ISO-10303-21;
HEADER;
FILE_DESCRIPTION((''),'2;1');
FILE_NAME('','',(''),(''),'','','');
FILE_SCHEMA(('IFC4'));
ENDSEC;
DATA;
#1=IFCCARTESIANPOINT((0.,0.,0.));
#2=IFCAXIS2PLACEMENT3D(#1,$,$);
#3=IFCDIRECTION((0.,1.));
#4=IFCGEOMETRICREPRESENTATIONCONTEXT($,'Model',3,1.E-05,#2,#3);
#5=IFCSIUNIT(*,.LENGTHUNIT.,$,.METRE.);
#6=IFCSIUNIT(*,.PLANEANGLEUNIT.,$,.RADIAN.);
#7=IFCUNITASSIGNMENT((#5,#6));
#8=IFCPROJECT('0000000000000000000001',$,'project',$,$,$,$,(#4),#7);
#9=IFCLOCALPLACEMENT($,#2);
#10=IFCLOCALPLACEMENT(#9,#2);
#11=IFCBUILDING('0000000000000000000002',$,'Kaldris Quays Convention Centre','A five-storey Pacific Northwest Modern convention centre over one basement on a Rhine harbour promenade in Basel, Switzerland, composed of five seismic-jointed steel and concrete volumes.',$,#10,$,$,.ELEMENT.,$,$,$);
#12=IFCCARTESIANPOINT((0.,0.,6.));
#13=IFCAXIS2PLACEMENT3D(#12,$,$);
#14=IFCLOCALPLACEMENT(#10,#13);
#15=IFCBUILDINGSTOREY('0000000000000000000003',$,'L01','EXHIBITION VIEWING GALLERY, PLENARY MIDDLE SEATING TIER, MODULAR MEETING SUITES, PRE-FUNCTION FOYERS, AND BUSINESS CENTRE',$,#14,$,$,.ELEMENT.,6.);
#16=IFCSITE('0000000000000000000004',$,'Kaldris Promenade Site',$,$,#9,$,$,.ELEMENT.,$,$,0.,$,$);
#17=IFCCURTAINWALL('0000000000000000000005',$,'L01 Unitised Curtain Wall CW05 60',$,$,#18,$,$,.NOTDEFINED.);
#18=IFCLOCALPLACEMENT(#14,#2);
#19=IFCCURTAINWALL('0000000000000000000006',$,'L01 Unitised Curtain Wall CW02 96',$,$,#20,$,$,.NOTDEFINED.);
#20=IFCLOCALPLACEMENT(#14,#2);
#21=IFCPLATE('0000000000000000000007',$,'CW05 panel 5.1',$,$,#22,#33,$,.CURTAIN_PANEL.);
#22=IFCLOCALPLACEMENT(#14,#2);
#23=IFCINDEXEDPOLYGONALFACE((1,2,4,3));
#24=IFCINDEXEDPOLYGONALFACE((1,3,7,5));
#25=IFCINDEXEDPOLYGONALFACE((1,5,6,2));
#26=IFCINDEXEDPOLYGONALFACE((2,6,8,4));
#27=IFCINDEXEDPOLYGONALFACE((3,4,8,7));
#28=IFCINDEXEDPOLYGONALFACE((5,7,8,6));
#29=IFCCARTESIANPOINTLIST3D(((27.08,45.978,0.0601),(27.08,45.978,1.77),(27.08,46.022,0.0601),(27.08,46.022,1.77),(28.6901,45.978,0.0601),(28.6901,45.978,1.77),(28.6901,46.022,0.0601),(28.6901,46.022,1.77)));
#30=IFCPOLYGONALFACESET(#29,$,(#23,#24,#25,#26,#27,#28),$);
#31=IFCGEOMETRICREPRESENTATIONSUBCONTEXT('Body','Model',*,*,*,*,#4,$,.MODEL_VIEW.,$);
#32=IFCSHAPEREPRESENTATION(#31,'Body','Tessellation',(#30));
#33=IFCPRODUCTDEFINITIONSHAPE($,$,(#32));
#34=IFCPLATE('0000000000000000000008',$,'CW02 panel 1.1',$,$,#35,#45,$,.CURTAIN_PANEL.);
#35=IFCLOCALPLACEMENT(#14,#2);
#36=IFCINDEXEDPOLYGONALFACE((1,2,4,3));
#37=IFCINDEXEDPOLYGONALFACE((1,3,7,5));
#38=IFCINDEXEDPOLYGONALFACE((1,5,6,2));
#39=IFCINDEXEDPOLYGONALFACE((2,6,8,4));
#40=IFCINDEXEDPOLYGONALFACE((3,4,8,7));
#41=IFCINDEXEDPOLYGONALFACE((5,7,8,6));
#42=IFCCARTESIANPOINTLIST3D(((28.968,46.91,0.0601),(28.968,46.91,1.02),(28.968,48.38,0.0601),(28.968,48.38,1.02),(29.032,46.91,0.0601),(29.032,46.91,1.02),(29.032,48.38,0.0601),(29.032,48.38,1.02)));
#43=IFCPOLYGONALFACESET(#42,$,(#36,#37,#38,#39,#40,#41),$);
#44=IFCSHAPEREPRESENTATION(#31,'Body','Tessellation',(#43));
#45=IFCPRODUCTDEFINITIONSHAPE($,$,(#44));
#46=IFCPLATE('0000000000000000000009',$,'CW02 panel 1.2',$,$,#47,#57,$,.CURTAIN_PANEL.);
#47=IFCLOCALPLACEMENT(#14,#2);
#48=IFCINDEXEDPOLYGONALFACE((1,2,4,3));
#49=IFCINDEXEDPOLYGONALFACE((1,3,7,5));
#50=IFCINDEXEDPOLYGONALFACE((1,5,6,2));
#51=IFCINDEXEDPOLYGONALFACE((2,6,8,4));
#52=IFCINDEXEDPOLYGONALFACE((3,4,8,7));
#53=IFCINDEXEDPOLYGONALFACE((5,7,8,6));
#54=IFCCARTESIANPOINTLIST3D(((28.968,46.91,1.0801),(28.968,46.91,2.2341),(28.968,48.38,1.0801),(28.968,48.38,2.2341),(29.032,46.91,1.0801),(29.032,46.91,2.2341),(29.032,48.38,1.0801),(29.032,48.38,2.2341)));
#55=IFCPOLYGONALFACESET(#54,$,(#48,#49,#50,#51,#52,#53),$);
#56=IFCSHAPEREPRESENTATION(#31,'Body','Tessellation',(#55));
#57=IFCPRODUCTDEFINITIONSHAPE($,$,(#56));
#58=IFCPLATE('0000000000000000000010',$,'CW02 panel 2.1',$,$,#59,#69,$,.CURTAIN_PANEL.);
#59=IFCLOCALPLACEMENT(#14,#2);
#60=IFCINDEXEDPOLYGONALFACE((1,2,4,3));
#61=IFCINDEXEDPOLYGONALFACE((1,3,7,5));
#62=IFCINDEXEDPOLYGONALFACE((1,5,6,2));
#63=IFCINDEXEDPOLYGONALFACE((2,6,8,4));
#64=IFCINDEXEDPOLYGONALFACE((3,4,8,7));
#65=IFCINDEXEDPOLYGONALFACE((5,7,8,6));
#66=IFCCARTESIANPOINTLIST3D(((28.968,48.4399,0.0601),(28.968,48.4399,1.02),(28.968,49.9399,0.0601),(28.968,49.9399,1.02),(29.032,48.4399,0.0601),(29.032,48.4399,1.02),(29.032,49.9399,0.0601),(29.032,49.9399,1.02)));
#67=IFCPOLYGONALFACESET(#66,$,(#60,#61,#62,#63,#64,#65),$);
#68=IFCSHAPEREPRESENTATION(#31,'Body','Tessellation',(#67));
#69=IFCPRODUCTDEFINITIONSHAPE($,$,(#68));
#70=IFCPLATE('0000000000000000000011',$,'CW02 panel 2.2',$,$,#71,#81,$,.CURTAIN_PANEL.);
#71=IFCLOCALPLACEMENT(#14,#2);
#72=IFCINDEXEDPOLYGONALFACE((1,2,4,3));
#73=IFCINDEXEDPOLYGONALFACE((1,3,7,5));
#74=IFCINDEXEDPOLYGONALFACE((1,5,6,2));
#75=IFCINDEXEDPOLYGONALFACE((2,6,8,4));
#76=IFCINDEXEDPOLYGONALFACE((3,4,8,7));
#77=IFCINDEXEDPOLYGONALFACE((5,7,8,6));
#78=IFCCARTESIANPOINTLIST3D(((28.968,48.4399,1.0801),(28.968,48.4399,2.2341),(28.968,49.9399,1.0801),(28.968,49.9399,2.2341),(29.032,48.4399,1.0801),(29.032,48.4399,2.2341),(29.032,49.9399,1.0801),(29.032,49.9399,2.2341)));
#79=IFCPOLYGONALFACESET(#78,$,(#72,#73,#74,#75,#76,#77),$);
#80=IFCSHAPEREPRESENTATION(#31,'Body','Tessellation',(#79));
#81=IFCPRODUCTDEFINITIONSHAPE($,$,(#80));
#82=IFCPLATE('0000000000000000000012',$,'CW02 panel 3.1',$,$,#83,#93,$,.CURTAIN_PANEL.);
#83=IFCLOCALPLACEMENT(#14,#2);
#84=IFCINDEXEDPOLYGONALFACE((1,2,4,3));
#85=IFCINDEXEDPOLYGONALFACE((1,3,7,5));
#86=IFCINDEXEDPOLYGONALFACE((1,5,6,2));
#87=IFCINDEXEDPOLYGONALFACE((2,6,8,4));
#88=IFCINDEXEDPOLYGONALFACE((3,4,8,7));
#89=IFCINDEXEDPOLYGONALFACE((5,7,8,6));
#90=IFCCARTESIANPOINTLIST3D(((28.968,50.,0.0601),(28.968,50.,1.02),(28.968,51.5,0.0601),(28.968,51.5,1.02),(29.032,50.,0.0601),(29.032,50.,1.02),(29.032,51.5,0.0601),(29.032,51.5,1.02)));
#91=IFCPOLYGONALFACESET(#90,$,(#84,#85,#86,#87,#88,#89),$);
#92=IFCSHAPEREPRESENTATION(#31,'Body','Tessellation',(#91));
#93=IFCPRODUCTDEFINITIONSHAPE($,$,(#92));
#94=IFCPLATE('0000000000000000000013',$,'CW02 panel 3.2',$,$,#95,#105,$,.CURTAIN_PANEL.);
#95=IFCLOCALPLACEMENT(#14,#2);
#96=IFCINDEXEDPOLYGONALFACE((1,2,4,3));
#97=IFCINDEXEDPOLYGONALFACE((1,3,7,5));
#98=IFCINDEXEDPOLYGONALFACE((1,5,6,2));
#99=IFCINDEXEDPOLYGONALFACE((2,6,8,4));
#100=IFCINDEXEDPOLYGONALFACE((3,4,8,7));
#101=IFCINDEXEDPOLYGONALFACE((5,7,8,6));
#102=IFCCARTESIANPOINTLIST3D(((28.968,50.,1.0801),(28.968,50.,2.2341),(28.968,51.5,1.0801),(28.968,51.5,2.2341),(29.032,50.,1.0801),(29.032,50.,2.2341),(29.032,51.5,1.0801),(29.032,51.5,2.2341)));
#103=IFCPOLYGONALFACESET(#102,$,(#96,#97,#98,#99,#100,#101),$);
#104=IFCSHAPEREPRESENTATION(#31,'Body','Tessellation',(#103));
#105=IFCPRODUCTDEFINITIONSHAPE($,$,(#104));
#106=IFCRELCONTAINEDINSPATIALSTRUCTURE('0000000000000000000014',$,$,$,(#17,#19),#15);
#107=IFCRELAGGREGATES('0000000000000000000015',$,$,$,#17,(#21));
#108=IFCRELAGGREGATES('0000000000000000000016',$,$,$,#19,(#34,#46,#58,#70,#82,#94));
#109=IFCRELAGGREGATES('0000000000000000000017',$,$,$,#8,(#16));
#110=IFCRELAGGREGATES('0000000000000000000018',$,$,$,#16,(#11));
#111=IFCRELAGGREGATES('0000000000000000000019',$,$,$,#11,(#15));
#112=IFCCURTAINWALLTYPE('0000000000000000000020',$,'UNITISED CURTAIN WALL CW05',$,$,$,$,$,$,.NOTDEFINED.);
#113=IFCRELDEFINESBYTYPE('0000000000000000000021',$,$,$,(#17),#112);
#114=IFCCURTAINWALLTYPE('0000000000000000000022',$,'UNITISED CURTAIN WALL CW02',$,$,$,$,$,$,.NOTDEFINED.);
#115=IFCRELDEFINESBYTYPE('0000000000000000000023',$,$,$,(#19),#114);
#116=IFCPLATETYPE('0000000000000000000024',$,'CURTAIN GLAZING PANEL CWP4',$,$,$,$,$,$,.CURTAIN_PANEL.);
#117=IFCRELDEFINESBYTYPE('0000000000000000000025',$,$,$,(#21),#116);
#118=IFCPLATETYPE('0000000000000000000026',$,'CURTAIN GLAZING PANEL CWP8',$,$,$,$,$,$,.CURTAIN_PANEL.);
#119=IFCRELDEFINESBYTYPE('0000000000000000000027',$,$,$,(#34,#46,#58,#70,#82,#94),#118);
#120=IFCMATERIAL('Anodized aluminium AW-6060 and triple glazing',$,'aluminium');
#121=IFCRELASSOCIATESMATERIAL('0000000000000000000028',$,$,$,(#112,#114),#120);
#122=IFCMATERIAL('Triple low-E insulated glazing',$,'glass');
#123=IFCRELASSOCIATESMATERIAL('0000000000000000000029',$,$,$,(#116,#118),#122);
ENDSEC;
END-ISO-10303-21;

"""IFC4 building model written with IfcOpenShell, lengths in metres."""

from ifc_helpers import new_model, si_unit, direction, frame, origin, origin_2d, place, context, subcontext, project, spatial, rectangle, extrude, material, type_object, element, aggregate, save


model = new_model("IFC4")

# Units and contexts
model_context = context("Model", 3, precision=1e-05, world=origin(), true_north=direction((0.0, 1.0)))
body_context = subcontext(model_context, "Body", "Model", "MODEL_VIEW")
ifc_project = project(units=[si_unit("LENGTHUNIT", "METRE"), si_unit("PLANEANGLEUNIT", "RADIAN")], contexts=[model_context])

# Site, building, storey
site_placement = place(None, origin())
site = spatial("IfcSite", under=ifc_project, at=site_placement, Name="Kaldris Promenade Site", CompositionType="ELEMENT", RefElevation=0.0)
building_placement = place(site_placement, origin())
building = spatial("IfcBuilding", under=site, at=building_placement, Name="Kaldris Quays Convention Centre", Description="A five-storey Pacific Northwest Modern convention centre over one basement on a Rhine harbour promenade in Basel, Switzerland, composed of five seismic-jointed steel and concrete volumes.", CompositionType="ELEMENT")
storey_placement = place(building_placement, frame((0.0, 0.0, 6.0)))
storey = spatial("IfcBuildingStorey", under=building, at=storey_placement, Name="L01", Description="EXHIBITION VIEWING GALLERY, PLENARY MIDDLE SEATING TIER, MODULAR MEETING SUITES, PRE-FUNCTION FOYERS, AND BUSINESS CENTRE", CompositionType="ELEMENT", Elevation=6.0)

# Curtain walls
ifc_material_1 = material(Name="Anodized aluminium AW-6060 and triple glazing", Category="aluminium")
curtain_wall_type_1 = type_object("IfcCurtainWallType", Name="UNITISED CURTAIN WALL CW05", PredefinedType="NOTDEFINED", material=ifc_material_1)
curtain_wall_1_placement = place(storey_placement, origin())
curtain_wall_1 = element("IfcCurtainWall", 1, at=curtain_wall_1_placement, inside=storey, type_object=curtain_wall_type_1, Name="L01 Unitised Curtain Wall CW05 60", PredefinedType="NOTDEFINED")
curtain_wall_type_2 = type_object("IfcCurtainWallType", Name="UNITISED CURTAIN WALL CW02", PredefinedType="NOTDEFINED", material=ifc_material_1)
curtain_wall_2_placement = place(storey_placement, origin())
curtain_wall_2 = element("IfcCurtainWall", 2, at=curtain_wall_2_placement, inside=storey, type_object=curtain_wall_type_2, Name="L01 Unitised Curtain Wall CW02 96", PredefinedType="NOTDEFINED")

# Plates
ifc_material_2 = material(Name="Triple low-E insulated glazing", Category="glass")
plate_type_1 = type_object("IfcPlateType", Name="CURTAIN GLAZING PANEL CWP4", PredefinedType="CURTAIN_PANEL", material=ifc_material_2)
plate_1_placement = place(storey_placement, frame((27.885, 46.0, 0.0601), z_axis=(0.0, 0.0, 1.0), x_axis=(1.0, 0.0, 0.0)))
plate_1 = element("IfcPlate", 3, at=plate_1_placement, type_object=plate_type_1, Name="CW05 panel 5.1", PredefinedType="CURTAIN_PANEL", context=body_context, shape_type="SweptSolid", body=[
    extrude(rectangle(XDim=1.6101, YDim=0.0439, at=origin_2d()), origin(), (0.0, 0.0, 1.0), 1.71),
])
aggregate(curtain_wall_1, [plate_1])
plate_type_2 = type_object("IfcPlateType", Name="CURTAIN GLAZING PANEL CWP8", PredefinedType="CURTAIN_PANEL", material=ifc_material_2)
plate_2_placement = place(storey_placement, frame((29.0, 47.645, 0.0601), z_axis=(0.0, 0.0, 1.0), x_axis=(0.0, 1.0, 0.0)))
plate_2 = element("IfcPlate", 4, at=plate_2_placement, type_object=plate_type_2, Name="CW02 panel 1.1", PredefinedType="CURTAIN_PANEL", context=body_context, shape_type="SweptSolid", body=[
    extrude(rectangle(XDim=1.47, YDim=0.064, at=origin_2d()), origin(), (0.0, 0.0, 1.0), 0.96),
])
plate_3_placement = place(storey_placement, frame((29.0, 47.645, 1.0801), z_axis=(0.0, 0.0, 1.0), x_axis=(0.0, 1.0, 0.0)))
plate_3 = element("IfcPlate", 5, at=plate_3_placement, type_object=plate_type_2, Name="CW02 panel 1.2", PredefinedType="CURTAIN_PANEL", context=body_context, shape_type="SweptSolid", body=[
    extrude(rectangle(XDim=1.47, YDim=0.064, at=origin_2d()), origin(), (0.0, 0.0, 1.0), 1.1541),
])
plate_4_placement = place(storey_placement, frame((29.0, 49.1899, 0.0601), z_axis=(0.0, 0.0, 1.0), x_axis=(0.0, 1.0, 0.0)))
plate_4 = element("IfcPlate", 6, at=plate_4_placement, type_object=plate_type_2, Name="CW02 panel 2.1", PredefinedType="CURTAIN_PANEL", context=body_context, shape_type="SweptSolid", body=[
    extrude(rectangle(XDim=1.5, YDim=0.064, at=origin_2d()), origin(), (0.0, 0.0, 1.0), 0.96),
])
plate_5_placement = place(storey_placement, frame((29.0, 49.1899, 1.0801), z_axis=(0.0, 0.0, 1.0), x_axis=(0.0, 1.0, 0.0)))
plate_5 = element("IfcPlate", 7, at=plate_5_placement, type_object=plate_type_2, Name="CW02 panel 2.2", PredefinedType="CURTAIN_PANEL", context=body_context, shape_type="SweptSolid", body=[
    extrude(rectangle(XDim=1.5, YDim=0.064, at=origin_2d()), origin(), (0.0, 0.0, 1.0), 1.1541),
])
plate_6_placement = place(storey_placement, frame((29.0, 50.75, 0.0601), z_axis=(0.0, 0.0, 1.0), x_axis=(0.0, 1.0, 0.0)))
plate_6 = element("IfcPlate", 8, at=plate_6_placement, type_object=plate_type_2, Name="CW02 panel 3.1", PredefinedType="CURTAIN_PANEL", context=body_context, shape_type="SweptSolid", body=[
    extrude(rectangle(XDim=1.5, YDim=0.064, at=origin_2d()), origin(), (0.0, 0.0, 1.0), 0.96),
])
plate_7_placement = place(storey_placement, frame((29.0, 50.75, 1.0801), z_axis=(0.0, 0.0, 1.0), x_axis=(0.0, 1.0, 0.0)))
plate_7 = element("IfcPlate", 9, at=plate_7_placement, type_object=plate_type_2, Name="CW02 panel 3.2", PredefinedType="CURTAIN_PANEL", context=body_context, shape_type="SweptSolid", body=[
    extrude(rectangle(XDim=1.5, YDim=0.064, at=origin_2d()), origin(), (0.0, 0.0, 1.0), 1.1541),
])
aggregate(curtain_wall_2, [plate_2, plate_3, plate_4, plate_5, plate_6, plate_7])

save(model, "model.ifc")
